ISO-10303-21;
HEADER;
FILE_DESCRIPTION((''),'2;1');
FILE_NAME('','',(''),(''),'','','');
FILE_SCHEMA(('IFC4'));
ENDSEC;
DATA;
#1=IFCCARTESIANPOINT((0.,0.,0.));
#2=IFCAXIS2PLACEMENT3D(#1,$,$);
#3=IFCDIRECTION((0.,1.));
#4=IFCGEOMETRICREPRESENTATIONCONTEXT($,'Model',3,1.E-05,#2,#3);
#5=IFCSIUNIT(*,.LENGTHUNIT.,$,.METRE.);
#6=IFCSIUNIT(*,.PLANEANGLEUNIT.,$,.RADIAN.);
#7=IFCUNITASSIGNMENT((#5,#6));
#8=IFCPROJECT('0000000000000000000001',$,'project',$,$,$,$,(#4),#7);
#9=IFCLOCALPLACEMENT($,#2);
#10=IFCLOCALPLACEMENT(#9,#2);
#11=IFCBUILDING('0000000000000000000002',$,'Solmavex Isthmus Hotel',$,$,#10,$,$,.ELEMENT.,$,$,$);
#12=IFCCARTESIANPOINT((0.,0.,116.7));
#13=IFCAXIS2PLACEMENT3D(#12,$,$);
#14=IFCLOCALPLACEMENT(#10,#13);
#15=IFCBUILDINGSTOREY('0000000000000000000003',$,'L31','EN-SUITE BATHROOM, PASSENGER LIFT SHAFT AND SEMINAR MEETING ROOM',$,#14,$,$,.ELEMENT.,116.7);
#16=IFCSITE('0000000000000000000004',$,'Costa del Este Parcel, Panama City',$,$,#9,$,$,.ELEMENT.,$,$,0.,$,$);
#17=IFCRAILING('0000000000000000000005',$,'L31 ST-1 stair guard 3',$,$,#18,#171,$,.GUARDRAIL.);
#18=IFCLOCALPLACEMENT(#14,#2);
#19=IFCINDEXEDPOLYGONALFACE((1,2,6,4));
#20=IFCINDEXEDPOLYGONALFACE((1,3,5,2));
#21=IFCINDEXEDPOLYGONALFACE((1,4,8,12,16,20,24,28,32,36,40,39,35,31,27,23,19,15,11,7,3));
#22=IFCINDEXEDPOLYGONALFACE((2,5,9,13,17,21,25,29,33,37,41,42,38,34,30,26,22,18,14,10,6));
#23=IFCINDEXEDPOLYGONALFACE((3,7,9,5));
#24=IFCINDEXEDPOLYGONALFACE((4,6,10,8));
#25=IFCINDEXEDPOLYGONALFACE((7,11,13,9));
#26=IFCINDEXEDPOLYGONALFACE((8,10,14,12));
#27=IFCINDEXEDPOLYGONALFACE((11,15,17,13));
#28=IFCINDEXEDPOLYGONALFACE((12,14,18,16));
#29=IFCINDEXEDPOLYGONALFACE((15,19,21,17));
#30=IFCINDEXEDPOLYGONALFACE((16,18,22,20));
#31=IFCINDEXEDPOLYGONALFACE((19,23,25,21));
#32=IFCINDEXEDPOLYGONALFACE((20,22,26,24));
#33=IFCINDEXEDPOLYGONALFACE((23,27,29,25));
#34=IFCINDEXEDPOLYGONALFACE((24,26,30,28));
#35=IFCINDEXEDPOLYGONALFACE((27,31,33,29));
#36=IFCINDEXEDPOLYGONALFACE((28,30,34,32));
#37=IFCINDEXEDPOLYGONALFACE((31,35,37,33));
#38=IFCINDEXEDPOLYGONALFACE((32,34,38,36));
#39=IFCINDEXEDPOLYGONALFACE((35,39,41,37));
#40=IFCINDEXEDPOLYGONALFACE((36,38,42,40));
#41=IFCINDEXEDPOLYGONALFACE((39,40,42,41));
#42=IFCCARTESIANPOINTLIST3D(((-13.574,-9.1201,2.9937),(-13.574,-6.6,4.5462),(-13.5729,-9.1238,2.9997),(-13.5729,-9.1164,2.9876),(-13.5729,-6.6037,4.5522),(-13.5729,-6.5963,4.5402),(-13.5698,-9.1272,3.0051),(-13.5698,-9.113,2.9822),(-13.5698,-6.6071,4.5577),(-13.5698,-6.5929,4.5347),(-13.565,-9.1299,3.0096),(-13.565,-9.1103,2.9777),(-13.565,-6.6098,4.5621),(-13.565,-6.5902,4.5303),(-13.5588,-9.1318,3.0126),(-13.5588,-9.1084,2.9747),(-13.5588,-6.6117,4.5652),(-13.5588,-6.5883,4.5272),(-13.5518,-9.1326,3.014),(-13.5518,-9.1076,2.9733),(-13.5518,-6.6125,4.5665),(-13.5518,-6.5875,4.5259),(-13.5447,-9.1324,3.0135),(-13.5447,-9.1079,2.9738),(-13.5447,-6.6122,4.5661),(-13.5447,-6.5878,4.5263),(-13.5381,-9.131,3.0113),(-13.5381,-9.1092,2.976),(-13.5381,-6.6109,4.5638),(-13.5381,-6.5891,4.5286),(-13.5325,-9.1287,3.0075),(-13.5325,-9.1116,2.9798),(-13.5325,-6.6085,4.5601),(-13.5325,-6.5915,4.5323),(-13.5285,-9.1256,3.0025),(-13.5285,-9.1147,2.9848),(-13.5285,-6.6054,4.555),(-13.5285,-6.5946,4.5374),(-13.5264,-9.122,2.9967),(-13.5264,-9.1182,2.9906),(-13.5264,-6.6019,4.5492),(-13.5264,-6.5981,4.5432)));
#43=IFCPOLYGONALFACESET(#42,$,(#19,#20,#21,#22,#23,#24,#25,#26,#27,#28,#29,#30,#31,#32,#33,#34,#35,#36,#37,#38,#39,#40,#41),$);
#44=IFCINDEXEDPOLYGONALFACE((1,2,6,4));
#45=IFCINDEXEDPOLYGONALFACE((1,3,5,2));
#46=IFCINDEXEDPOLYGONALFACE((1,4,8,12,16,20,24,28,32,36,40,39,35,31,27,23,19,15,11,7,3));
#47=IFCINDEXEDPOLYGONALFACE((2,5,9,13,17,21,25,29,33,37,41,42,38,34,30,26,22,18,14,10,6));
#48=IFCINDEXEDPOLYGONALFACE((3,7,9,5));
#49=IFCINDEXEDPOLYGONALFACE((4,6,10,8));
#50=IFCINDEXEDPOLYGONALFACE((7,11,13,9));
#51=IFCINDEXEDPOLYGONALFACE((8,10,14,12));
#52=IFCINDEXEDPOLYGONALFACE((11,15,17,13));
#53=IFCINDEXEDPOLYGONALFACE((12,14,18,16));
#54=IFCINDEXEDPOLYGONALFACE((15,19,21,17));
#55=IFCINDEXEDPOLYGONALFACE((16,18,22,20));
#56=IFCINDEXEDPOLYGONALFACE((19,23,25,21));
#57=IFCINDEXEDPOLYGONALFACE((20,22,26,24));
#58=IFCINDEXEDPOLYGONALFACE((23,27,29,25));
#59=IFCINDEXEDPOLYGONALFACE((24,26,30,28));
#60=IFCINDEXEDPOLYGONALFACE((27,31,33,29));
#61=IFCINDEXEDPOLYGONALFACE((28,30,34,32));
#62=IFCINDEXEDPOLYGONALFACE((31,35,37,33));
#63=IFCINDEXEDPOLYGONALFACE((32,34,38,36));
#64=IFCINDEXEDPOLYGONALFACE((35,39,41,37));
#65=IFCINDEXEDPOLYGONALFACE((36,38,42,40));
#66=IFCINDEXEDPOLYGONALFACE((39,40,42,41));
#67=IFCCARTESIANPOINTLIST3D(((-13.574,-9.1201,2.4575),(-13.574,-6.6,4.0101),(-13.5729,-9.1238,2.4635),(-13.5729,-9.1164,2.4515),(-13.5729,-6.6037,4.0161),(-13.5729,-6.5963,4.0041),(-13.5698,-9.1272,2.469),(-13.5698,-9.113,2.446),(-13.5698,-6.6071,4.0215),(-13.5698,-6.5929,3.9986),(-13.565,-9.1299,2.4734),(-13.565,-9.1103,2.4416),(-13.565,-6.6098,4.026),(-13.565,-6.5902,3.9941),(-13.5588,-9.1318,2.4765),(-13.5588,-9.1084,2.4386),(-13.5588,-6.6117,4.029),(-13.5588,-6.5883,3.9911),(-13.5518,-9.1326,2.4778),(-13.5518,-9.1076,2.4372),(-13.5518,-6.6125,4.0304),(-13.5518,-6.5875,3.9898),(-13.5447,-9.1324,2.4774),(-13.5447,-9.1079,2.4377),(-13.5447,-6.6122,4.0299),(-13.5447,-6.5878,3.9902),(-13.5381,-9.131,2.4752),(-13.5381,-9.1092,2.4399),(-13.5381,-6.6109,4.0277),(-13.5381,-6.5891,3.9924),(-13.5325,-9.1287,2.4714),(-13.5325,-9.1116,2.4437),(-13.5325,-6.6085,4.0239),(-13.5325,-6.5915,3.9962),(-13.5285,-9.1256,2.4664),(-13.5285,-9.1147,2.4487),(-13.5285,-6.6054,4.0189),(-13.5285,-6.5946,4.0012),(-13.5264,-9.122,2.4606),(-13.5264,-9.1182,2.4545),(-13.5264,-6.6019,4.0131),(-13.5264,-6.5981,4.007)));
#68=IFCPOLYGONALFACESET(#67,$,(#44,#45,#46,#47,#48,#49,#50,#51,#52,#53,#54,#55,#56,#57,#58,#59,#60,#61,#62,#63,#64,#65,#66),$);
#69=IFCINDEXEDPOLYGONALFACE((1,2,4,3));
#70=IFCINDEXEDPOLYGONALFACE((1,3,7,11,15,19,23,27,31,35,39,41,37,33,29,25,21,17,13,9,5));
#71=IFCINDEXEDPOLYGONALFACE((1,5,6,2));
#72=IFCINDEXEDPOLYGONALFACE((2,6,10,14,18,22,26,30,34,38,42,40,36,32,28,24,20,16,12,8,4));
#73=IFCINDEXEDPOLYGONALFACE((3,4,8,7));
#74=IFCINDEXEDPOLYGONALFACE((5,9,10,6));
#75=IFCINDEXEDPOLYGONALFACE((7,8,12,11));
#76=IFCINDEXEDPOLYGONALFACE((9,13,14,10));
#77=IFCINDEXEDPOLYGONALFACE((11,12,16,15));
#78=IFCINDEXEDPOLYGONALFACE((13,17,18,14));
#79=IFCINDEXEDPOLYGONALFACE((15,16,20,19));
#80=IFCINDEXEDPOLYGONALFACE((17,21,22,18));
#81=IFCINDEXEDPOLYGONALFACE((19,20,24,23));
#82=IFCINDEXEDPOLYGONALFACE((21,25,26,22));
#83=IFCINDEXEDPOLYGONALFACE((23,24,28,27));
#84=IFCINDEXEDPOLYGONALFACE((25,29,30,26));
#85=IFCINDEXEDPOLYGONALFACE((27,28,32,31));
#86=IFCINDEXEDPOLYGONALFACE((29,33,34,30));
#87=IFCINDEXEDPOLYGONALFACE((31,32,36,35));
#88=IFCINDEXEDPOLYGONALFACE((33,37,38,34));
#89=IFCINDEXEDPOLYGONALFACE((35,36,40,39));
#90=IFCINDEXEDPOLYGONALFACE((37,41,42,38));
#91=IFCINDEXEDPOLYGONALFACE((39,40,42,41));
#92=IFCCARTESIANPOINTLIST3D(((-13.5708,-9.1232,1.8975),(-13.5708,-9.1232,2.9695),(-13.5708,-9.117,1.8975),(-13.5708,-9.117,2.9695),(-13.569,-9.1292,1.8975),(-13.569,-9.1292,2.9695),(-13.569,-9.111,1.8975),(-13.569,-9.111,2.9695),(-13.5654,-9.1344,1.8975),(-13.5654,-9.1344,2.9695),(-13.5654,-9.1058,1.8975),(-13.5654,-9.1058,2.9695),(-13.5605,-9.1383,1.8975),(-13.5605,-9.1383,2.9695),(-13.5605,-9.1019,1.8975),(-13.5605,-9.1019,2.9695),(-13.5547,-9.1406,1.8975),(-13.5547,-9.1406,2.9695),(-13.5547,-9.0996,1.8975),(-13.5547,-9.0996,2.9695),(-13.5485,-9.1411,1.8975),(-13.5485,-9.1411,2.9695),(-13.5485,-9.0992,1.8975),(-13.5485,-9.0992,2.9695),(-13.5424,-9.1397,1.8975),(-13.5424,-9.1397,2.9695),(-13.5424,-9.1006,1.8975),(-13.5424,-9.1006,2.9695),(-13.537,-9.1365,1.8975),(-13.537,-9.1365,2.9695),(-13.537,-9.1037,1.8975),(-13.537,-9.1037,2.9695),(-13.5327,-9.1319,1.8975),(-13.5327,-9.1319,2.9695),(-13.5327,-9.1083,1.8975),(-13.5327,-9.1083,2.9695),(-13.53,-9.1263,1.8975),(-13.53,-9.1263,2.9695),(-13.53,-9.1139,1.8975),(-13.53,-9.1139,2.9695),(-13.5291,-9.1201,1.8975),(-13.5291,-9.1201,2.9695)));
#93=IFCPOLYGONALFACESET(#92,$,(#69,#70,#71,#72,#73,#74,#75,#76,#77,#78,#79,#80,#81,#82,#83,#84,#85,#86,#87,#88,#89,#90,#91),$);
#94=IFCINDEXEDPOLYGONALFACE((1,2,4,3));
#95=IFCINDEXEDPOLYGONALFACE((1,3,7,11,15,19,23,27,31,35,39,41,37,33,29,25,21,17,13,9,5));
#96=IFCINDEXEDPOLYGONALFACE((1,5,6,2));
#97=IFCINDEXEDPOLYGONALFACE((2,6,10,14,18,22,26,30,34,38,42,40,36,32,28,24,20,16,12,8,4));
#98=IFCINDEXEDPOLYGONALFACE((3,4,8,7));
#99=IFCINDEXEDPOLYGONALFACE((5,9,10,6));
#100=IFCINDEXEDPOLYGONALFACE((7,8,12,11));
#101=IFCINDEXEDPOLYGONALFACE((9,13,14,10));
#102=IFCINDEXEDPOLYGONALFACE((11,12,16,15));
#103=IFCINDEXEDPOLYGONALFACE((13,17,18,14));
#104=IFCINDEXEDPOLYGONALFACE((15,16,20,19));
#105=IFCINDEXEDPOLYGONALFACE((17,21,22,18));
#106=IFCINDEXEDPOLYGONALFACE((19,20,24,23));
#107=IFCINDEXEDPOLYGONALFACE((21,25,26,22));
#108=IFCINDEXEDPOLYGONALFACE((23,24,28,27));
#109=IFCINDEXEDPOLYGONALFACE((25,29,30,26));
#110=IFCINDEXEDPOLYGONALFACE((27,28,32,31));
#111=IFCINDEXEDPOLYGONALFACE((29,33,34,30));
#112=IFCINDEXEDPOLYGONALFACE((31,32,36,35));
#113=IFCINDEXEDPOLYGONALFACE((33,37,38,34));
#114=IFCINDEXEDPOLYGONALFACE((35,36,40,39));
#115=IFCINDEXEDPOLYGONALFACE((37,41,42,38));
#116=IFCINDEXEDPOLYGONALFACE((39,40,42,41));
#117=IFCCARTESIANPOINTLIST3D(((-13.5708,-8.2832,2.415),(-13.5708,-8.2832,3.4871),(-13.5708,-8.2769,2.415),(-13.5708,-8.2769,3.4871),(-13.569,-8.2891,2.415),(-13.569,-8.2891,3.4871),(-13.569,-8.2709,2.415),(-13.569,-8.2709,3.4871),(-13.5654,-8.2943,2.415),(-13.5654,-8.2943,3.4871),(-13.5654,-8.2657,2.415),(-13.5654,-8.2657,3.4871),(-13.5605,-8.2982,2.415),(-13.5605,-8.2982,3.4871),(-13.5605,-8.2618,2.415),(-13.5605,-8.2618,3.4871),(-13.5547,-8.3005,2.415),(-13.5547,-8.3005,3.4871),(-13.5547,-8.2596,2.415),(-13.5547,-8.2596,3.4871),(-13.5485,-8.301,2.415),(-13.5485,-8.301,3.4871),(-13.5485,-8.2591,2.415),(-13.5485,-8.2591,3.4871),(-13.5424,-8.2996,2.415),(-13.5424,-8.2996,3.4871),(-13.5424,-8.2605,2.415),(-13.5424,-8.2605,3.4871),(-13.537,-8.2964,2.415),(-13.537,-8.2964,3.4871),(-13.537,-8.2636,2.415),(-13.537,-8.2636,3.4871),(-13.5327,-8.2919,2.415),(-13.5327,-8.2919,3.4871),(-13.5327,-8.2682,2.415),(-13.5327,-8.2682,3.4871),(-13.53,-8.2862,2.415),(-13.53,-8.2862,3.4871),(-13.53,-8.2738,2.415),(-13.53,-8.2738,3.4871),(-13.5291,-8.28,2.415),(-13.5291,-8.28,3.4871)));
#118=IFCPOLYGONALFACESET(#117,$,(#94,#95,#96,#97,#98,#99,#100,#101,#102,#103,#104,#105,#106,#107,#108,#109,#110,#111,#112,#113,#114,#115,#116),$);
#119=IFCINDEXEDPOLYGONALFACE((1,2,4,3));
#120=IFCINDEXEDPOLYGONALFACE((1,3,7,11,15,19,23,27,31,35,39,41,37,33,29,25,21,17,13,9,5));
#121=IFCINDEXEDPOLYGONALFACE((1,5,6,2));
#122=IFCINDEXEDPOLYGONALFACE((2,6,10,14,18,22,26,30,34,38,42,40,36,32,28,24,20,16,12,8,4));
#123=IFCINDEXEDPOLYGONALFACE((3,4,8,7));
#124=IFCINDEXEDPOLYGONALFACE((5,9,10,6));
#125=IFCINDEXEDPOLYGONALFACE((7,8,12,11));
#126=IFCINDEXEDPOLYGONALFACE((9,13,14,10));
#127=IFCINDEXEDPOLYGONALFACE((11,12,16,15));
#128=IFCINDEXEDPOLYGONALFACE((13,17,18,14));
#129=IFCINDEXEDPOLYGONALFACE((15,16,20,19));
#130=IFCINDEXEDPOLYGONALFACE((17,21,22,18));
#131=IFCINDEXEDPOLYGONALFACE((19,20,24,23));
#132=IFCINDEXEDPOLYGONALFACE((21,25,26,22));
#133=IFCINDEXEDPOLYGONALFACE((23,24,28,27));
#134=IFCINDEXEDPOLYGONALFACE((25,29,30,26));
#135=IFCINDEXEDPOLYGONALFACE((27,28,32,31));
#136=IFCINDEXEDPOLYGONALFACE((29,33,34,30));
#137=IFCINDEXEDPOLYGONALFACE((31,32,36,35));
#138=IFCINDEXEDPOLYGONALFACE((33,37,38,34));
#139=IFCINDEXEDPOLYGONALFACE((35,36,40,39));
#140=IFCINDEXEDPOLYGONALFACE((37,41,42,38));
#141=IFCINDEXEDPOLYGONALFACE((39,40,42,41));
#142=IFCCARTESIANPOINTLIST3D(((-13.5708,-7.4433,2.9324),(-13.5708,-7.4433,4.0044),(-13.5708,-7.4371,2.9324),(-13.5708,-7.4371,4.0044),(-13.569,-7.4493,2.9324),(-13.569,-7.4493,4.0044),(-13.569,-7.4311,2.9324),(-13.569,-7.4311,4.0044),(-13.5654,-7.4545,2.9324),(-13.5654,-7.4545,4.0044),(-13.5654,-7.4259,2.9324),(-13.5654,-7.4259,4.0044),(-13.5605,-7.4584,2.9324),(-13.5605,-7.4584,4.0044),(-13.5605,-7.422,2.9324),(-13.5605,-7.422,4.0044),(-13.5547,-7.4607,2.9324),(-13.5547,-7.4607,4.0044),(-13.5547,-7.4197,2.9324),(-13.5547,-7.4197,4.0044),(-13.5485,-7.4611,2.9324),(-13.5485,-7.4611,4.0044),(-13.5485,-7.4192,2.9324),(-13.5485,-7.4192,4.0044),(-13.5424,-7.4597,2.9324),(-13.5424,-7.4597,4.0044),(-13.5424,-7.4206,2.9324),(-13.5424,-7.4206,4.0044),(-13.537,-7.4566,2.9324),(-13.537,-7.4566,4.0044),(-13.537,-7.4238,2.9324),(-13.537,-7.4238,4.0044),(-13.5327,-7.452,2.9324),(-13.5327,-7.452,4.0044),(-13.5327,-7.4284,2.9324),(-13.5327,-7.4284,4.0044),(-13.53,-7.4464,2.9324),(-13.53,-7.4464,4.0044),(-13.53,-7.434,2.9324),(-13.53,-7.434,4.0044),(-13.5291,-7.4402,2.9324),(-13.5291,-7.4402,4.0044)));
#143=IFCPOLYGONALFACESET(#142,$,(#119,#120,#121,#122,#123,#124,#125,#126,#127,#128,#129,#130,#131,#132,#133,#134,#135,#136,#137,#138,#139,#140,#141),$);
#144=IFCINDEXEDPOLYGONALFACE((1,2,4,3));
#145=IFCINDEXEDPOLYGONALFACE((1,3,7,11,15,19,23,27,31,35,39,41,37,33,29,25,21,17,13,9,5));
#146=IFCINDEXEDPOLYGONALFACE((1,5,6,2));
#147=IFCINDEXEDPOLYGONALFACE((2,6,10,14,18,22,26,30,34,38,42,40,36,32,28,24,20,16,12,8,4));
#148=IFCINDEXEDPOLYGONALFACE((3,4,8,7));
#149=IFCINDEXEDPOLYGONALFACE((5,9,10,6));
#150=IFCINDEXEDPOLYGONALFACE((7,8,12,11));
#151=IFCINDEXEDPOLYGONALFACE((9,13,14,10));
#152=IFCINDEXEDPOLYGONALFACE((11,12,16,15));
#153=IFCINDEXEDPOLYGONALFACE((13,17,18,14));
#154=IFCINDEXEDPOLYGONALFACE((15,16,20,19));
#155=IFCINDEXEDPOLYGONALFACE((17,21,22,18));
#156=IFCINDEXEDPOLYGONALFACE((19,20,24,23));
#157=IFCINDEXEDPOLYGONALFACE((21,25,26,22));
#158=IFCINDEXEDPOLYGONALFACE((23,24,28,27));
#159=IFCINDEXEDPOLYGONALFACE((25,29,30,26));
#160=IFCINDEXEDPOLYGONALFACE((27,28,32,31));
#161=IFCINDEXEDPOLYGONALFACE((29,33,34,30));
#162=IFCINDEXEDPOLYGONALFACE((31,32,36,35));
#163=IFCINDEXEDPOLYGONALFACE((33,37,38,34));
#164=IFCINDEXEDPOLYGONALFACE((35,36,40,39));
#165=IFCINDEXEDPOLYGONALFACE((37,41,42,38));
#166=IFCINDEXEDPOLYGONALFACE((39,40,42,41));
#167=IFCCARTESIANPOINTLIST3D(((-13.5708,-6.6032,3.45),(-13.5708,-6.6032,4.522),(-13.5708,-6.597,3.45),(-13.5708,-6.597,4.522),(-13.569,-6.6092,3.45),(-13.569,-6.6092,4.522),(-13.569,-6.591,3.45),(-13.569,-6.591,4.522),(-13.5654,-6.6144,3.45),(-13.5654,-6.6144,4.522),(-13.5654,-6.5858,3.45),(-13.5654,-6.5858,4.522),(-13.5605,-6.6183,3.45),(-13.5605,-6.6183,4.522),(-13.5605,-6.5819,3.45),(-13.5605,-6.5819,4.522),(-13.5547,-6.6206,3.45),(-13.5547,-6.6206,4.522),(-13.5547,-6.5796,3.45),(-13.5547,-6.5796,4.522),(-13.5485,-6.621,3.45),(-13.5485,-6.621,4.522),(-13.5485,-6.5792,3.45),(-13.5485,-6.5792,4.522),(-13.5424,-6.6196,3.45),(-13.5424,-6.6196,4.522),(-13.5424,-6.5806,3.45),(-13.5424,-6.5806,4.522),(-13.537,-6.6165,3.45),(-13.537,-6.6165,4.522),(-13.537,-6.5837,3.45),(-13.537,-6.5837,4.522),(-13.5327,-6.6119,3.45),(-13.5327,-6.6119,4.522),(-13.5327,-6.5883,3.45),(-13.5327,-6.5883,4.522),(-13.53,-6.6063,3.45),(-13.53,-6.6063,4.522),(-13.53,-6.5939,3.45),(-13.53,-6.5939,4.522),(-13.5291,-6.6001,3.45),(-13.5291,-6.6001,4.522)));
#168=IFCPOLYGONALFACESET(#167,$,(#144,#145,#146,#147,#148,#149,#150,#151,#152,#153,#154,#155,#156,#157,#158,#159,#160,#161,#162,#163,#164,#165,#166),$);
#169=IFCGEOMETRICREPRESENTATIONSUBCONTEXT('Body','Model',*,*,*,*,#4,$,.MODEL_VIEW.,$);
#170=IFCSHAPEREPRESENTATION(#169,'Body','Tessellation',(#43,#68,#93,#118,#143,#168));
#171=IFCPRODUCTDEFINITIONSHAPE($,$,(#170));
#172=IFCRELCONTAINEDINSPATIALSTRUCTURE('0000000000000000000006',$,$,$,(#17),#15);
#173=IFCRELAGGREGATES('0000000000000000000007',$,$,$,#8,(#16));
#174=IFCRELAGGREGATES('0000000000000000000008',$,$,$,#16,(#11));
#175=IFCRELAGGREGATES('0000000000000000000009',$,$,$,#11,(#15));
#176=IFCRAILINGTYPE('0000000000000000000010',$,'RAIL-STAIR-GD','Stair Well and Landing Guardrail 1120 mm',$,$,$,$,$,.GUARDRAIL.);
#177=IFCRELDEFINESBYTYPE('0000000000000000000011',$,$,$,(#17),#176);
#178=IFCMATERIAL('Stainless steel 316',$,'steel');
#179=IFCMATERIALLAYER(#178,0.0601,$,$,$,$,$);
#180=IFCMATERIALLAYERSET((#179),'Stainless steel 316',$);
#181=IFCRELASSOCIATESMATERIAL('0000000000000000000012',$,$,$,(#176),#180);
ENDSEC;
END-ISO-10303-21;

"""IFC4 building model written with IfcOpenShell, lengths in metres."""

from ifc_helpers import new_model, si_unit, direction, frame, origin, origin_2d, place, context, subcontext, project, spatial, circle, extrude, material, layer, layer_set, type_object, element, save


model = new_model("IFC4")

# Units and contexts
model_context = context("Model", 3, precision=1e-05, world=origin(), true_north=direction((0.0, 1.0)))
body_context = subcontext(model_context, "Body", "Model", "MODEL_VIEW")
ifc_project = project(units=[si_unit("LENGTHUNIT", "METRE"), si_unit("PLANEANGLEUNIT", "RADIAN")], contexts=[model_context])

# Site, building, storey
site_placement = place(None, origin())
site = spatial("IfcSite", under=ifc_project, at=site_placement, Name="Costa del Este Parcel, Panama City", CompositionType="ELEMENT", RefElevation=0.0)
building_placement = place(site_placement, origin())
building = spatial("IfcBuilding", under=site, at=building_placement, Name="Solmavex Isthmus Hotel", CompositionType="ELEMENT")
storey_placement = place(building_placement, frame((0.0, 0.0, 116.7)))
storey = spatial("IfcBuildingStorey", under=building, at=storey_placement, Name="L31", Description="EN-SUITE BATHROOM, PASSENGER LIFT SHAFT AND SEMINAR MEETING ROOM", CompositionType="ELEMENT", Elevation=116.7)

# Railing
ifc_material_1 = material(Name="Stainless steel 316", Category="steel")
ifc_layer_1 = layer(ifc_material_1, 0.0601)
ifc_layer_set_1 = layer_set([ifc_layer_1], Name="Stainless steel 316")
railing_type_1 = type_object("IfcRailingType", Name="RAIL-STAIR-GD", Description="Stair Well and Landing Guardrail 1120 mm", PredefinedType="GUARDRAIL", material=ifc_layer_set_1)
railing_1_placement = place(storey_placement, frame((-13.55, -9.1201, 1.8975)))
element("IfcRailing", 1, at=railing_1_placement, inside=storey, type_object=railing_type_1, Name="L31 ST-1 stair guard 3", PredefinedType="GUARDRAIL", context=body_context, shape_type="SweptSolid", body=[
    extrude(circle(Radius=0.0239, at=origin_2d()), frame((0.0, 0.0, 1.0962), z_axis=(0.0, 0.8514, 0.524516), x_axis=(-1.0, 0.0, 0.0)), (0.0, 0.0, 1.0), 2.96),
    extrude(circle(Radius=0.0239, at=origin_2d()), frame((0.0, 0.0, 0.5601), z_axis=(0.0, 0.8514, 0.524516), x_axis=(-1.0, 0.0, 0.0)), (0.0, 0.0, 1.0), 2.96),
    extrude(circle(Radius=0.021, at=origin_2d()), origin(), (0.0, 0.0, 1.0), 1.072),
    extrude(circle(Radius=0.021, at=origin_2d()), frame((0.0, 0.8401, 0.5176)), (0.0, 0.0, 1.0), 1.072),
    extrude(circle(Radius=0.021, at=origin_2d()), frame((0.0, 1.6799, 1.0349)), (0.0, 0.0, 1.0), 1.072),
    extrude(circle(Radius=0.021, at=origin_2d()), frame((0.0, 2.52, 1.5525)), (0.0, 0.0, 1.0), 1.072),
])

save(model, "model.ifc")
